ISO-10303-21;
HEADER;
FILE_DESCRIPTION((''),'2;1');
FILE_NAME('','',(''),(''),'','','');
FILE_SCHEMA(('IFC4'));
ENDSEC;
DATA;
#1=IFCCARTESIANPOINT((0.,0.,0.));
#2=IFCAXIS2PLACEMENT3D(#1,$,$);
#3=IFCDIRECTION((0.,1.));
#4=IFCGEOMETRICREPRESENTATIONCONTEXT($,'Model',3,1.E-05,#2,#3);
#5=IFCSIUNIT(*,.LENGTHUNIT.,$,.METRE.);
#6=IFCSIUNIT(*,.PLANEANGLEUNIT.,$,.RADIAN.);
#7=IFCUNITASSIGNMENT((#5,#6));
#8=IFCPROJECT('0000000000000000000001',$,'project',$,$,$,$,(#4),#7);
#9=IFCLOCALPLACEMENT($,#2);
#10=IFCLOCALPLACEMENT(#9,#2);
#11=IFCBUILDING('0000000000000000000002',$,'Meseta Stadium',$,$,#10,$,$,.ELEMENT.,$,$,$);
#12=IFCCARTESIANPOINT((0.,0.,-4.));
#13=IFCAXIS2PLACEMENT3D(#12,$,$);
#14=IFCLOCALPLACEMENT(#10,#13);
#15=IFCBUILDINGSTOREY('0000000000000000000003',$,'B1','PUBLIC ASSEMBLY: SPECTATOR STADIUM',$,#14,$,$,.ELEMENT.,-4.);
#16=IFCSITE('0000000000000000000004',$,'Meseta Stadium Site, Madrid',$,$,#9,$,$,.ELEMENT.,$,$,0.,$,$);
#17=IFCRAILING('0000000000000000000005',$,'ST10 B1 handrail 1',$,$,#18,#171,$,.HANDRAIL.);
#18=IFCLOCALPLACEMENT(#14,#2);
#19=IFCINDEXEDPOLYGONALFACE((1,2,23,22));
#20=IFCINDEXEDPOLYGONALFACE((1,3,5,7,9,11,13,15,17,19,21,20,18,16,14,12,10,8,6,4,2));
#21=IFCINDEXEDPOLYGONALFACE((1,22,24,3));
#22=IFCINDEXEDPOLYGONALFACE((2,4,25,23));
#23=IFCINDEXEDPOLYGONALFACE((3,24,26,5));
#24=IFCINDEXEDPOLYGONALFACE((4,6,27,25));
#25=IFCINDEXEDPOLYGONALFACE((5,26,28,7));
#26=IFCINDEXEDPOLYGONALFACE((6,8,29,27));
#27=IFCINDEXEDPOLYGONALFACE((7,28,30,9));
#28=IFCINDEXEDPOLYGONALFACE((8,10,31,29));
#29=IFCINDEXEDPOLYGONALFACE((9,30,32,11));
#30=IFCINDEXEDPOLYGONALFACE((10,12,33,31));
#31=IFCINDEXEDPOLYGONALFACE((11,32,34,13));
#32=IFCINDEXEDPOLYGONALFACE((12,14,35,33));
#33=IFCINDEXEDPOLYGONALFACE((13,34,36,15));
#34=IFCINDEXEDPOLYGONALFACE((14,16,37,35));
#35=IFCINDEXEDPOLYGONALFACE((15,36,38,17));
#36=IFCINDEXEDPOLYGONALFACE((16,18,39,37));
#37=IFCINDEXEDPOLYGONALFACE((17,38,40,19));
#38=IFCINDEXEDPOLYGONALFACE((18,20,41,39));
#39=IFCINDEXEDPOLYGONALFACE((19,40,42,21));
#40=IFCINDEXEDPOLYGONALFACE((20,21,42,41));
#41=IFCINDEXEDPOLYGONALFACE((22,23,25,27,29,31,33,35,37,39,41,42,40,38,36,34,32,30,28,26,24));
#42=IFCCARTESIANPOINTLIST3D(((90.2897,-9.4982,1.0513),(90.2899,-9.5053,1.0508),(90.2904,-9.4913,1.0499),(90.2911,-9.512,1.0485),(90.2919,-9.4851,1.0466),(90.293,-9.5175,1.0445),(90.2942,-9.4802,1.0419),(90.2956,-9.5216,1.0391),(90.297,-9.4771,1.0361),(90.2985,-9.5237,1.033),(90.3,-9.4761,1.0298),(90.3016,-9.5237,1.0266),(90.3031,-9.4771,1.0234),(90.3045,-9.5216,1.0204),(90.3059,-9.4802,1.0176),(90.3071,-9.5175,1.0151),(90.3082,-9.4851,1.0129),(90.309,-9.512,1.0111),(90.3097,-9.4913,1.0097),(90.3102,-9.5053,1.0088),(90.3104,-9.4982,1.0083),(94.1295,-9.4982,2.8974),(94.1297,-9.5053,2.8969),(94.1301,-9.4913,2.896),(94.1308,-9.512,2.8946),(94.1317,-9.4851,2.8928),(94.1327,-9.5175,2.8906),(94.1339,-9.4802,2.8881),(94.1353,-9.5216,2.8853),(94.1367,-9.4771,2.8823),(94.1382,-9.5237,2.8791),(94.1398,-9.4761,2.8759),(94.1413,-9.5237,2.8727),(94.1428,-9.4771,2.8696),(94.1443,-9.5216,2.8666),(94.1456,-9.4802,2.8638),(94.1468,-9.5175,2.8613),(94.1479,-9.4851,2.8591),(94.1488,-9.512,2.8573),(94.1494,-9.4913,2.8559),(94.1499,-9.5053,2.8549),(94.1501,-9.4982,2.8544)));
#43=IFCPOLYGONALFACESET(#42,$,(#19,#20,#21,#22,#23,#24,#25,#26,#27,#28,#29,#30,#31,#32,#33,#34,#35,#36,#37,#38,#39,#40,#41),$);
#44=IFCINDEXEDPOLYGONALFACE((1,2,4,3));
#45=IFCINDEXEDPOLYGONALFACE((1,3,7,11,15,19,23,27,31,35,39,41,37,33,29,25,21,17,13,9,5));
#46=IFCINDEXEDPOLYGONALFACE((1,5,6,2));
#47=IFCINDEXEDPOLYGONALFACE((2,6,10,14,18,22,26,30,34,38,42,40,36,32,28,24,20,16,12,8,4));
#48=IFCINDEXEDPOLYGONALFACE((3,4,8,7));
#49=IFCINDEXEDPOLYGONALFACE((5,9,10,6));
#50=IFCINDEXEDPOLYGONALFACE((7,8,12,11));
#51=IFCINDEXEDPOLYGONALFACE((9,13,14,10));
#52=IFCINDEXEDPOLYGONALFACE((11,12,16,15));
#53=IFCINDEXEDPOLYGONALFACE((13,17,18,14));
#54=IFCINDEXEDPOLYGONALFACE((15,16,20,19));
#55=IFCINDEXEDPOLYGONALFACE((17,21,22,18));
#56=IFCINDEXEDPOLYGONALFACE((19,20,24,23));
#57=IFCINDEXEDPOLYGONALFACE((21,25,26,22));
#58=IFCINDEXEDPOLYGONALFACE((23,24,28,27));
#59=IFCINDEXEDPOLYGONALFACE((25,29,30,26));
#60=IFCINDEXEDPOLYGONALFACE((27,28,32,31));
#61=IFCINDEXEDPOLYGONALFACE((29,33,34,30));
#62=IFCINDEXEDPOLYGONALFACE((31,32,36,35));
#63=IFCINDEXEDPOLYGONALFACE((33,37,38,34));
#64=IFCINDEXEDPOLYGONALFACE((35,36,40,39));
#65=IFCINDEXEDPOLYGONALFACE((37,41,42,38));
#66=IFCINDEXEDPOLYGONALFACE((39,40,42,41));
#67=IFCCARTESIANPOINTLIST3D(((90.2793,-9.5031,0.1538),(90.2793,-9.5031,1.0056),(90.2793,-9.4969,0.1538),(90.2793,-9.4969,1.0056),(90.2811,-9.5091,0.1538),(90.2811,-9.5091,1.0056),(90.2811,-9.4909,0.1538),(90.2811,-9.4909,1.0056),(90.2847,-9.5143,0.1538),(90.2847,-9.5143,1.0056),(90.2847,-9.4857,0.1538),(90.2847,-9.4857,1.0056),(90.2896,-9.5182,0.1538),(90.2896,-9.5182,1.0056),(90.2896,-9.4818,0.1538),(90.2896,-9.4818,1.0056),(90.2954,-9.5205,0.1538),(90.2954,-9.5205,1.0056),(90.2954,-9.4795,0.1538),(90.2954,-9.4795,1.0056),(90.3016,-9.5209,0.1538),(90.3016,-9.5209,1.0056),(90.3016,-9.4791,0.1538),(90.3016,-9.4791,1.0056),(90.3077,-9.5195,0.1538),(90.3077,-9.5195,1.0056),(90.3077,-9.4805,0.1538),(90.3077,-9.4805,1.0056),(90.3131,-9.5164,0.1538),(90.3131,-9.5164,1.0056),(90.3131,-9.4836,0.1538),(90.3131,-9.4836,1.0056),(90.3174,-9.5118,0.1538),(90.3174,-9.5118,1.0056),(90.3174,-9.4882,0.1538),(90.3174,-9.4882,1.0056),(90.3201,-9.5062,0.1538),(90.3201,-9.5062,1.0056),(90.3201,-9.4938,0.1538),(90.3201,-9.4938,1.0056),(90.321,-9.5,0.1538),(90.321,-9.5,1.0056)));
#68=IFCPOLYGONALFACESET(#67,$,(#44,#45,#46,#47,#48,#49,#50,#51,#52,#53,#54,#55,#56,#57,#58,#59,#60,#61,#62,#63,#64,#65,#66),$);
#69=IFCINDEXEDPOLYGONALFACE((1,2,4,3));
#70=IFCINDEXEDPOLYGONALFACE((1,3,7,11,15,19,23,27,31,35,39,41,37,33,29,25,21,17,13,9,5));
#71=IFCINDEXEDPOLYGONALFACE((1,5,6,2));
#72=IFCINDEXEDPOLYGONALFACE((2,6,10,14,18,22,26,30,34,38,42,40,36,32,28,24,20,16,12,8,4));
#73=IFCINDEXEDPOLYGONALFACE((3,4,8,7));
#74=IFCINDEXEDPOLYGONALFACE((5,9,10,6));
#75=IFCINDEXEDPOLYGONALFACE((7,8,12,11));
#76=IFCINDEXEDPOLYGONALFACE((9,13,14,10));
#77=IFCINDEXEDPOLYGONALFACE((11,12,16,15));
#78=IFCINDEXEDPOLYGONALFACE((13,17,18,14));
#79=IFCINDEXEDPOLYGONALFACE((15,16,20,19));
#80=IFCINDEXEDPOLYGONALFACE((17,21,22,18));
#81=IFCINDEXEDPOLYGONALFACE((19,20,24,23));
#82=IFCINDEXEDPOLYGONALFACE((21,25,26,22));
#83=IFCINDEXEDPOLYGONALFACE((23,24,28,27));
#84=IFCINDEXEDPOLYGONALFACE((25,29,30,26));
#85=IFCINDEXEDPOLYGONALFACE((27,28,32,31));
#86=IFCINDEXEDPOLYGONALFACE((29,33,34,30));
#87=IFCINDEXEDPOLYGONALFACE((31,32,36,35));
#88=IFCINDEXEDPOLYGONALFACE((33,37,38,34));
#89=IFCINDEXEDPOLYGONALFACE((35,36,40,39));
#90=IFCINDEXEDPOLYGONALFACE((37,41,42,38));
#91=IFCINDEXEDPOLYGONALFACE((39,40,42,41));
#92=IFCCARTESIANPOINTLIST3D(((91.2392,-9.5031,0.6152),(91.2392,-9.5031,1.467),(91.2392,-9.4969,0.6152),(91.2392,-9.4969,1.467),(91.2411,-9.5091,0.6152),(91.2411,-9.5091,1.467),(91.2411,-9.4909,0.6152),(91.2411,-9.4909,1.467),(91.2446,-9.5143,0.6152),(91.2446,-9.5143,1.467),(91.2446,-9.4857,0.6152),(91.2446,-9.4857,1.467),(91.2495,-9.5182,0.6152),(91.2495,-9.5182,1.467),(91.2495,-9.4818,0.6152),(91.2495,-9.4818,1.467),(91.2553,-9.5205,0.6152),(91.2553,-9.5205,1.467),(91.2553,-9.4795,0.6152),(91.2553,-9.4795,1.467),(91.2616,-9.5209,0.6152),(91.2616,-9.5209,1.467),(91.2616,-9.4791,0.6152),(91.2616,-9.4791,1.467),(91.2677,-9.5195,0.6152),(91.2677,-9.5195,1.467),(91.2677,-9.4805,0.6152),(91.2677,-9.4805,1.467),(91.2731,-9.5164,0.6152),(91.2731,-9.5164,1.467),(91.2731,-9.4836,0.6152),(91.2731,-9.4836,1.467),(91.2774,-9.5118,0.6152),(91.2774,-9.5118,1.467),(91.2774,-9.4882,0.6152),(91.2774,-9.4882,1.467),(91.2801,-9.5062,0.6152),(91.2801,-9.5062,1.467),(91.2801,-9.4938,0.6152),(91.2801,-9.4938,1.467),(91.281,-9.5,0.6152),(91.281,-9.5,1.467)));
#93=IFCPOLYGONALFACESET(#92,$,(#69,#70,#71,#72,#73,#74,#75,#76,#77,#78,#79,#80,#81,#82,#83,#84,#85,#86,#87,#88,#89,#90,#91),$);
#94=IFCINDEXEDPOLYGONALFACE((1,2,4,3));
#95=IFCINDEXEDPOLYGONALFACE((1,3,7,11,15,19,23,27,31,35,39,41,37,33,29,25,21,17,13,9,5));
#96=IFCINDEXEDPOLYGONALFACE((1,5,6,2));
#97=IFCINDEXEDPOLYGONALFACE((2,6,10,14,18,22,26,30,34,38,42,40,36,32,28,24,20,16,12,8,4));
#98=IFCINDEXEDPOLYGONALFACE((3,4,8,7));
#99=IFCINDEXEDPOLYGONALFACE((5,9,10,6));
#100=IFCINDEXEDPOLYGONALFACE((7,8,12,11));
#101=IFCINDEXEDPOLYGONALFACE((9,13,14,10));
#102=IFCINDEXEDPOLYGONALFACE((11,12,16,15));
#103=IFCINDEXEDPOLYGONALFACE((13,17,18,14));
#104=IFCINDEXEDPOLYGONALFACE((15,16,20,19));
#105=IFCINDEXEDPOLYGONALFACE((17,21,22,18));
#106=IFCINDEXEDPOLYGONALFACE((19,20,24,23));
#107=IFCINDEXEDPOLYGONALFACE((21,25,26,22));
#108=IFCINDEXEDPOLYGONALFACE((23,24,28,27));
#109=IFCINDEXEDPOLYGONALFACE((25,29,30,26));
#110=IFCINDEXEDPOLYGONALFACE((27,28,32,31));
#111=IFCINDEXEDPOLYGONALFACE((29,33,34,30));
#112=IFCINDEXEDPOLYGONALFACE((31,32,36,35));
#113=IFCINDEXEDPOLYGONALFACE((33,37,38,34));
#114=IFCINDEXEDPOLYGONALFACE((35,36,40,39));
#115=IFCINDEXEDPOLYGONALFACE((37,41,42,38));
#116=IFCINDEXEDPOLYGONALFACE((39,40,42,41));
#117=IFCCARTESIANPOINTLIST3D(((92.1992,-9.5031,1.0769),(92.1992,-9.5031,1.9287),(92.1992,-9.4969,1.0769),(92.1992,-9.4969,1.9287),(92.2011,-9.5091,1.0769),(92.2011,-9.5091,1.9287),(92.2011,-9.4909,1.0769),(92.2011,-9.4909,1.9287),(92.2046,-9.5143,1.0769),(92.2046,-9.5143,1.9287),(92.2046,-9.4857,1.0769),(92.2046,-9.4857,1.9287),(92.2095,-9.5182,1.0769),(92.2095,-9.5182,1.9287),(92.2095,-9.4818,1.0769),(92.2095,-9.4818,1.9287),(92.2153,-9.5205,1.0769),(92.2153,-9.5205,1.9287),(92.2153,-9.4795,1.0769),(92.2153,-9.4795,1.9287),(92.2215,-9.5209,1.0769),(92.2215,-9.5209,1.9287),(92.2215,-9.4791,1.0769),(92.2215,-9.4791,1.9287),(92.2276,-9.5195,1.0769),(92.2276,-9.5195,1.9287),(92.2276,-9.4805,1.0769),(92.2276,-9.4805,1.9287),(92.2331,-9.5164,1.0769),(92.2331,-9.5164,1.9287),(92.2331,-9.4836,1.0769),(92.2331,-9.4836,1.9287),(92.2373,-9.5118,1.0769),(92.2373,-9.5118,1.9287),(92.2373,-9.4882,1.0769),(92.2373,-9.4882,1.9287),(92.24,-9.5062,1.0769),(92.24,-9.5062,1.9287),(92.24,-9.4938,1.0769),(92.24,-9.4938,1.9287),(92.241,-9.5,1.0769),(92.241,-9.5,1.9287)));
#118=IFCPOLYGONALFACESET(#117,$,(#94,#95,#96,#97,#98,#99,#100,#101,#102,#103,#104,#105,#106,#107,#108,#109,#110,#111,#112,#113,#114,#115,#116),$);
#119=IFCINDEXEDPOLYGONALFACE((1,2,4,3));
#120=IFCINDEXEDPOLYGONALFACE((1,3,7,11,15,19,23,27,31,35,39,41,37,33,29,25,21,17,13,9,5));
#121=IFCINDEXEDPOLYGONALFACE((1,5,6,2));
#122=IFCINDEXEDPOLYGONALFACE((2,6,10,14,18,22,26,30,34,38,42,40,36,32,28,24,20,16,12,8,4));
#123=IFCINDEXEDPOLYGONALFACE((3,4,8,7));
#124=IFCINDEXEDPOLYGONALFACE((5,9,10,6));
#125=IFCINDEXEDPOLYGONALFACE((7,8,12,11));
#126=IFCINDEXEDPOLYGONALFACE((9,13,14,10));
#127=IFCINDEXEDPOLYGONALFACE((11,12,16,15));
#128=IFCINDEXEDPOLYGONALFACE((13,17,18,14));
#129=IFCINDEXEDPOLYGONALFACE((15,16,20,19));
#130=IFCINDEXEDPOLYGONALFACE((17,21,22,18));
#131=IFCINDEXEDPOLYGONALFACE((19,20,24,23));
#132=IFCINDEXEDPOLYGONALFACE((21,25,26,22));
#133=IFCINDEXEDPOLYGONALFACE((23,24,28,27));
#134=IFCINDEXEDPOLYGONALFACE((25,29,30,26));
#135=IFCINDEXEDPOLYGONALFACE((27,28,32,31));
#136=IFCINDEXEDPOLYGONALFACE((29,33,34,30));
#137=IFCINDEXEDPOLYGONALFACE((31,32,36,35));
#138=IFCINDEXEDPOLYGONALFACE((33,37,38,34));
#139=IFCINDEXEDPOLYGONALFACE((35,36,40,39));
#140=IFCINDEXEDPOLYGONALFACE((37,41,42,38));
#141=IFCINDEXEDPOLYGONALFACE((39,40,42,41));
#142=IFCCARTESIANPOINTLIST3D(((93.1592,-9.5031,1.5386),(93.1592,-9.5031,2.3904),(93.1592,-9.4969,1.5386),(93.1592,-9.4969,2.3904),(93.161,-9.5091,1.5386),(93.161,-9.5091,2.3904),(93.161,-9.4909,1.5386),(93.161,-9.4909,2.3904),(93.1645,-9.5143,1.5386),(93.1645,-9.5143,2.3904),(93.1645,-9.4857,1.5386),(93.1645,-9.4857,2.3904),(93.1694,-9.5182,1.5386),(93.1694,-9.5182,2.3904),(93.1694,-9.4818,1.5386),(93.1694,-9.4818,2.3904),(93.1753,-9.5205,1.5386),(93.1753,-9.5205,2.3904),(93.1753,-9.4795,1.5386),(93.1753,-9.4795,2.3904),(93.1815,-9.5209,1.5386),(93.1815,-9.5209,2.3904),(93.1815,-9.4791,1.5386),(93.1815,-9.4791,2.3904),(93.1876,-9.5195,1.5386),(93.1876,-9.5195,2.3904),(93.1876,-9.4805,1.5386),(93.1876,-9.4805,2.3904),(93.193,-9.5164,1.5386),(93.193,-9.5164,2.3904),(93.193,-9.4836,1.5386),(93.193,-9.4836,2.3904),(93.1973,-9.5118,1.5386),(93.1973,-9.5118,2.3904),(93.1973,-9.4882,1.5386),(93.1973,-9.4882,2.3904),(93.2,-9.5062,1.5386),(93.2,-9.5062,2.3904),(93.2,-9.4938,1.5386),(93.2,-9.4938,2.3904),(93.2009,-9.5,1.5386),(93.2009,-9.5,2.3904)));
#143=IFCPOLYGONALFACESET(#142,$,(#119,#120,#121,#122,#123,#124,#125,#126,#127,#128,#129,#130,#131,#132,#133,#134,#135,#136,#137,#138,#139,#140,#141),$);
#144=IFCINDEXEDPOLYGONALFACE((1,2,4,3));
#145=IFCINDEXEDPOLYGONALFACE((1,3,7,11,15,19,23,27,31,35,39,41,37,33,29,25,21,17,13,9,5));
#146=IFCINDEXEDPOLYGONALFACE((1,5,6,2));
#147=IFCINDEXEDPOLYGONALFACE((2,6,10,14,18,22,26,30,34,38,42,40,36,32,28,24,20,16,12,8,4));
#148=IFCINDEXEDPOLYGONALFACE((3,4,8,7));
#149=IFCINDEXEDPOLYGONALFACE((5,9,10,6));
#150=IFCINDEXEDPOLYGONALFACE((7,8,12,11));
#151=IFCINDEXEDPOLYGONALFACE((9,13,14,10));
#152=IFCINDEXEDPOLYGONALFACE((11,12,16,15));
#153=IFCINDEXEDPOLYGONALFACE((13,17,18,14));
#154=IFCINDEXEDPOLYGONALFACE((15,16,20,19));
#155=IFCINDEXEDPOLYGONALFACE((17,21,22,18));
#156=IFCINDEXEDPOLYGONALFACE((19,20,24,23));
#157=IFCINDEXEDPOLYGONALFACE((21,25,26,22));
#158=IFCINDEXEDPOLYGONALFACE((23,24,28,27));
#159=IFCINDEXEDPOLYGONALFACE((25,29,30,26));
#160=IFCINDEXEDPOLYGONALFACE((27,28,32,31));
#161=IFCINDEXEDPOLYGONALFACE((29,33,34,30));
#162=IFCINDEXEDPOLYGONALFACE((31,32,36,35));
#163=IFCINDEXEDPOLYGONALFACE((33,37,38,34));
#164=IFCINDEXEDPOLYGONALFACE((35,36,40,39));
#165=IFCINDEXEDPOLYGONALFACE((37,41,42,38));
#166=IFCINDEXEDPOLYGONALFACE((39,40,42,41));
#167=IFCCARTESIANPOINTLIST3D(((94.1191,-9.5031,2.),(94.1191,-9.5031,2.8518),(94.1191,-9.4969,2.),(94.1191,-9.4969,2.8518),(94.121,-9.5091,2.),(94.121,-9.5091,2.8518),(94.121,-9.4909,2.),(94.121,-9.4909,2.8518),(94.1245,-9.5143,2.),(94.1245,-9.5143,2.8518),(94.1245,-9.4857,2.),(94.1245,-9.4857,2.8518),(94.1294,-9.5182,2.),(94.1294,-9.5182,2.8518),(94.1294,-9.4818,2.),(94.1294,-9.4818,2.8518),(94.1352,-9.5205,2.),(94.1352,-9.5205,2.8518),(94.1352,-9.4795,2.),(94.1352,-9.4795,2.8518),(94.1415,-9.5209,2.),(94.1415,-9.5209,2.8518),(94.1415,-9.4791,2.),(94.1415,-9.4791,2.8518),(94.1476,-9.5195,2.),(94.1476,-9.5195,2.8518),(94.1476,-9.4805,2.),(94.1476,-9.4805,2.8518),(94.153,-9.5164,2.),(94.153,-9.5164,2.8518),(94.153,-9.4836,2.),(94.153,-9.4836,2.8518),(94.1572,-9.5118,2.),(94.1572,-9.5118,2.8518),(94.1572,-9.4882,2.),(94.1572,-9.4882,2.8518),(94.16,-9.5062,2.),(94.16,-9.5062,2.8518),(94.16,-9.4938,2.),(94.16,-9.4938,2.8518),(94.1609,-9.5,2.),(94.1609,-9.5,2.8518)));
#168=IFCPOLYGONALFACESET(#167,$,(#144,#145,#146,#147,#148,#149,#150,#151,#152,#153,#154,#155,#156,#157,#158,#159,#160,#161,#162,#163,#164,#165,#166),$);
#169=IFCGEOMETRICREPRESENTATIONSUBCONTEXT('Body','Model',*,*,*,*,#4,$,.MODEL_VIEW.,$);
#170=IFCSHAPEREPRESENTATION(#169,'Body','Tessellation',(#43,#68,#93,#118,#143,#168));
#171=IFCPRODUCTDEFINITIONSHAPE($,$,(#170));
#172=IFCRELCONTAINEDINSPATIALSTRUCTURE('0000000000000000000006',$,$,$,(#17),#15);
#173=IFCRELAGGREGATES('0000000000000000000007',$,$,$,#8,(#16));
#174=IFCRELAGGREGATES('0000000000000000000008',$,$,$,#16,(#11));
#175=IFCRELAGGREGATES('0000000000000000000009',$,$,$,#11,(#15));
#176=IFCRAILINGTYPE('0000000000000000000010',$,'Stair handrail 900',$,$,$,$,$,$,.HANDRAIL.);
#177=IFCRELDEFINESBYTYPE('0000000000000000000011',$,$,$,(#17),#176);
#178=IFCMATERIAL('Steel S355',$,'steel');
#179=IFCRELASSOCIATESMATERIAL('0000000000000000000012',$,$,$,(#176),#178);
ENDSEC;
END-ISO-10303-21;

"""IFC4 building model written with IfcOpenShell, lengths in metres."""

from ifc_helpers import new_model, si_unit, direction, frame, origin, origin_2d, place, context, subcontext, project, spatial, circle, extrude, material, type_object, element, save


model = new_model("IFC4")

# Units and contexts
model_context = context("Model", 3, precision=1e-05, world=origin(), true_north=direction((0.0, 1.0)))
body_context = subcontext(model_context, "Body", "Model", "MODEL_VIEW")
ifc_project = project(units=[si_unit("LENGTHUNIT", "METRE"), si_unit("PLANEANGLEUNIT", "RADIAN")], contexts=[model_context])

# Site, building, storey
site_placement = place(None, origin())
site = spatial("IfcSite", under=ifc_project, at=site_placement, Name="Meseta Stadium Site, Madrid", CompositionType="ELEMENT", RefElevation=0.0)
building_placement = place(site_placement, origin())
building = spatial("IfcBuilding", under=site, at=building_placement, Name="Meseta Stadium", CompositionType="ELEMENT")
storey_placement = place(building_placement, frame((0.0, 0.0, -4.0)))
storey = spatial("IfcBuildingStorey", under=building, at=storey_placement, Name="B1", Description="PUBLIC ASSEMBLY: SPECTATOR STADIUM", CompositionType="ELEMENT", Elevation=-4.0)

# Railing
ifc_material_1 = material(Name="Steel S355", Category="steel")
railing_type_1 = type_object("IfcRailingType", Name="Stair handrail 900", PredefinedType="HANDRAIL", material=ifc_material_1)
for number, where, name in (
    (1, (90.3, -9.5, 0.1538), "ST10 B1 handrail 1"),
):
    element("IfcRailing", number, at=place(storey_placement, frame(where)), inside=storey, type_object=railing_type_1, Name=name, PredefinedType="HANDRAIL", context=body_context, shape_type="SweptSolid", body=[
        extrude(circle(Radius=0.0239, at=origin_2d()), frame((0.0, 0.0, 0.876), z_axis=(0.901242, 0.0, 0.433316), x_axis=(0.0, 1.0, 0.0)), (0.0, 0.0, 1.0), 4.2605),
        extrude(circle(Radius=0.021, at=origin_2d()), origin(), (0.0, 0.0, 1.0), 0.8518),
        extrude(circle(Radius=0.021, at=origin_2d()), frame((0.96, 0.0, 0.4614)), (0.0, 0.0, 1.0), 0.8518),
        extrude(circle(Radius=0.021, at=origin_2d()), frame((1.9199, 0.0, 0.9231)), (0.0, 0.0, 1.0), 0.8518),
        extrude(circle(Radius=0.021, at=origin_2d()), frame((2.8799, 0.0, 1.3848)), (0.0, 0.0, 1.0), 0.8518),
        extrude(circle(Radius=0.021, at=origin_2d()), frame((3.8398, 0.0, 1.8462)), (0.0, 0.0, 1.0), 0.8518),
    ])

save(model, "model.ifc")
